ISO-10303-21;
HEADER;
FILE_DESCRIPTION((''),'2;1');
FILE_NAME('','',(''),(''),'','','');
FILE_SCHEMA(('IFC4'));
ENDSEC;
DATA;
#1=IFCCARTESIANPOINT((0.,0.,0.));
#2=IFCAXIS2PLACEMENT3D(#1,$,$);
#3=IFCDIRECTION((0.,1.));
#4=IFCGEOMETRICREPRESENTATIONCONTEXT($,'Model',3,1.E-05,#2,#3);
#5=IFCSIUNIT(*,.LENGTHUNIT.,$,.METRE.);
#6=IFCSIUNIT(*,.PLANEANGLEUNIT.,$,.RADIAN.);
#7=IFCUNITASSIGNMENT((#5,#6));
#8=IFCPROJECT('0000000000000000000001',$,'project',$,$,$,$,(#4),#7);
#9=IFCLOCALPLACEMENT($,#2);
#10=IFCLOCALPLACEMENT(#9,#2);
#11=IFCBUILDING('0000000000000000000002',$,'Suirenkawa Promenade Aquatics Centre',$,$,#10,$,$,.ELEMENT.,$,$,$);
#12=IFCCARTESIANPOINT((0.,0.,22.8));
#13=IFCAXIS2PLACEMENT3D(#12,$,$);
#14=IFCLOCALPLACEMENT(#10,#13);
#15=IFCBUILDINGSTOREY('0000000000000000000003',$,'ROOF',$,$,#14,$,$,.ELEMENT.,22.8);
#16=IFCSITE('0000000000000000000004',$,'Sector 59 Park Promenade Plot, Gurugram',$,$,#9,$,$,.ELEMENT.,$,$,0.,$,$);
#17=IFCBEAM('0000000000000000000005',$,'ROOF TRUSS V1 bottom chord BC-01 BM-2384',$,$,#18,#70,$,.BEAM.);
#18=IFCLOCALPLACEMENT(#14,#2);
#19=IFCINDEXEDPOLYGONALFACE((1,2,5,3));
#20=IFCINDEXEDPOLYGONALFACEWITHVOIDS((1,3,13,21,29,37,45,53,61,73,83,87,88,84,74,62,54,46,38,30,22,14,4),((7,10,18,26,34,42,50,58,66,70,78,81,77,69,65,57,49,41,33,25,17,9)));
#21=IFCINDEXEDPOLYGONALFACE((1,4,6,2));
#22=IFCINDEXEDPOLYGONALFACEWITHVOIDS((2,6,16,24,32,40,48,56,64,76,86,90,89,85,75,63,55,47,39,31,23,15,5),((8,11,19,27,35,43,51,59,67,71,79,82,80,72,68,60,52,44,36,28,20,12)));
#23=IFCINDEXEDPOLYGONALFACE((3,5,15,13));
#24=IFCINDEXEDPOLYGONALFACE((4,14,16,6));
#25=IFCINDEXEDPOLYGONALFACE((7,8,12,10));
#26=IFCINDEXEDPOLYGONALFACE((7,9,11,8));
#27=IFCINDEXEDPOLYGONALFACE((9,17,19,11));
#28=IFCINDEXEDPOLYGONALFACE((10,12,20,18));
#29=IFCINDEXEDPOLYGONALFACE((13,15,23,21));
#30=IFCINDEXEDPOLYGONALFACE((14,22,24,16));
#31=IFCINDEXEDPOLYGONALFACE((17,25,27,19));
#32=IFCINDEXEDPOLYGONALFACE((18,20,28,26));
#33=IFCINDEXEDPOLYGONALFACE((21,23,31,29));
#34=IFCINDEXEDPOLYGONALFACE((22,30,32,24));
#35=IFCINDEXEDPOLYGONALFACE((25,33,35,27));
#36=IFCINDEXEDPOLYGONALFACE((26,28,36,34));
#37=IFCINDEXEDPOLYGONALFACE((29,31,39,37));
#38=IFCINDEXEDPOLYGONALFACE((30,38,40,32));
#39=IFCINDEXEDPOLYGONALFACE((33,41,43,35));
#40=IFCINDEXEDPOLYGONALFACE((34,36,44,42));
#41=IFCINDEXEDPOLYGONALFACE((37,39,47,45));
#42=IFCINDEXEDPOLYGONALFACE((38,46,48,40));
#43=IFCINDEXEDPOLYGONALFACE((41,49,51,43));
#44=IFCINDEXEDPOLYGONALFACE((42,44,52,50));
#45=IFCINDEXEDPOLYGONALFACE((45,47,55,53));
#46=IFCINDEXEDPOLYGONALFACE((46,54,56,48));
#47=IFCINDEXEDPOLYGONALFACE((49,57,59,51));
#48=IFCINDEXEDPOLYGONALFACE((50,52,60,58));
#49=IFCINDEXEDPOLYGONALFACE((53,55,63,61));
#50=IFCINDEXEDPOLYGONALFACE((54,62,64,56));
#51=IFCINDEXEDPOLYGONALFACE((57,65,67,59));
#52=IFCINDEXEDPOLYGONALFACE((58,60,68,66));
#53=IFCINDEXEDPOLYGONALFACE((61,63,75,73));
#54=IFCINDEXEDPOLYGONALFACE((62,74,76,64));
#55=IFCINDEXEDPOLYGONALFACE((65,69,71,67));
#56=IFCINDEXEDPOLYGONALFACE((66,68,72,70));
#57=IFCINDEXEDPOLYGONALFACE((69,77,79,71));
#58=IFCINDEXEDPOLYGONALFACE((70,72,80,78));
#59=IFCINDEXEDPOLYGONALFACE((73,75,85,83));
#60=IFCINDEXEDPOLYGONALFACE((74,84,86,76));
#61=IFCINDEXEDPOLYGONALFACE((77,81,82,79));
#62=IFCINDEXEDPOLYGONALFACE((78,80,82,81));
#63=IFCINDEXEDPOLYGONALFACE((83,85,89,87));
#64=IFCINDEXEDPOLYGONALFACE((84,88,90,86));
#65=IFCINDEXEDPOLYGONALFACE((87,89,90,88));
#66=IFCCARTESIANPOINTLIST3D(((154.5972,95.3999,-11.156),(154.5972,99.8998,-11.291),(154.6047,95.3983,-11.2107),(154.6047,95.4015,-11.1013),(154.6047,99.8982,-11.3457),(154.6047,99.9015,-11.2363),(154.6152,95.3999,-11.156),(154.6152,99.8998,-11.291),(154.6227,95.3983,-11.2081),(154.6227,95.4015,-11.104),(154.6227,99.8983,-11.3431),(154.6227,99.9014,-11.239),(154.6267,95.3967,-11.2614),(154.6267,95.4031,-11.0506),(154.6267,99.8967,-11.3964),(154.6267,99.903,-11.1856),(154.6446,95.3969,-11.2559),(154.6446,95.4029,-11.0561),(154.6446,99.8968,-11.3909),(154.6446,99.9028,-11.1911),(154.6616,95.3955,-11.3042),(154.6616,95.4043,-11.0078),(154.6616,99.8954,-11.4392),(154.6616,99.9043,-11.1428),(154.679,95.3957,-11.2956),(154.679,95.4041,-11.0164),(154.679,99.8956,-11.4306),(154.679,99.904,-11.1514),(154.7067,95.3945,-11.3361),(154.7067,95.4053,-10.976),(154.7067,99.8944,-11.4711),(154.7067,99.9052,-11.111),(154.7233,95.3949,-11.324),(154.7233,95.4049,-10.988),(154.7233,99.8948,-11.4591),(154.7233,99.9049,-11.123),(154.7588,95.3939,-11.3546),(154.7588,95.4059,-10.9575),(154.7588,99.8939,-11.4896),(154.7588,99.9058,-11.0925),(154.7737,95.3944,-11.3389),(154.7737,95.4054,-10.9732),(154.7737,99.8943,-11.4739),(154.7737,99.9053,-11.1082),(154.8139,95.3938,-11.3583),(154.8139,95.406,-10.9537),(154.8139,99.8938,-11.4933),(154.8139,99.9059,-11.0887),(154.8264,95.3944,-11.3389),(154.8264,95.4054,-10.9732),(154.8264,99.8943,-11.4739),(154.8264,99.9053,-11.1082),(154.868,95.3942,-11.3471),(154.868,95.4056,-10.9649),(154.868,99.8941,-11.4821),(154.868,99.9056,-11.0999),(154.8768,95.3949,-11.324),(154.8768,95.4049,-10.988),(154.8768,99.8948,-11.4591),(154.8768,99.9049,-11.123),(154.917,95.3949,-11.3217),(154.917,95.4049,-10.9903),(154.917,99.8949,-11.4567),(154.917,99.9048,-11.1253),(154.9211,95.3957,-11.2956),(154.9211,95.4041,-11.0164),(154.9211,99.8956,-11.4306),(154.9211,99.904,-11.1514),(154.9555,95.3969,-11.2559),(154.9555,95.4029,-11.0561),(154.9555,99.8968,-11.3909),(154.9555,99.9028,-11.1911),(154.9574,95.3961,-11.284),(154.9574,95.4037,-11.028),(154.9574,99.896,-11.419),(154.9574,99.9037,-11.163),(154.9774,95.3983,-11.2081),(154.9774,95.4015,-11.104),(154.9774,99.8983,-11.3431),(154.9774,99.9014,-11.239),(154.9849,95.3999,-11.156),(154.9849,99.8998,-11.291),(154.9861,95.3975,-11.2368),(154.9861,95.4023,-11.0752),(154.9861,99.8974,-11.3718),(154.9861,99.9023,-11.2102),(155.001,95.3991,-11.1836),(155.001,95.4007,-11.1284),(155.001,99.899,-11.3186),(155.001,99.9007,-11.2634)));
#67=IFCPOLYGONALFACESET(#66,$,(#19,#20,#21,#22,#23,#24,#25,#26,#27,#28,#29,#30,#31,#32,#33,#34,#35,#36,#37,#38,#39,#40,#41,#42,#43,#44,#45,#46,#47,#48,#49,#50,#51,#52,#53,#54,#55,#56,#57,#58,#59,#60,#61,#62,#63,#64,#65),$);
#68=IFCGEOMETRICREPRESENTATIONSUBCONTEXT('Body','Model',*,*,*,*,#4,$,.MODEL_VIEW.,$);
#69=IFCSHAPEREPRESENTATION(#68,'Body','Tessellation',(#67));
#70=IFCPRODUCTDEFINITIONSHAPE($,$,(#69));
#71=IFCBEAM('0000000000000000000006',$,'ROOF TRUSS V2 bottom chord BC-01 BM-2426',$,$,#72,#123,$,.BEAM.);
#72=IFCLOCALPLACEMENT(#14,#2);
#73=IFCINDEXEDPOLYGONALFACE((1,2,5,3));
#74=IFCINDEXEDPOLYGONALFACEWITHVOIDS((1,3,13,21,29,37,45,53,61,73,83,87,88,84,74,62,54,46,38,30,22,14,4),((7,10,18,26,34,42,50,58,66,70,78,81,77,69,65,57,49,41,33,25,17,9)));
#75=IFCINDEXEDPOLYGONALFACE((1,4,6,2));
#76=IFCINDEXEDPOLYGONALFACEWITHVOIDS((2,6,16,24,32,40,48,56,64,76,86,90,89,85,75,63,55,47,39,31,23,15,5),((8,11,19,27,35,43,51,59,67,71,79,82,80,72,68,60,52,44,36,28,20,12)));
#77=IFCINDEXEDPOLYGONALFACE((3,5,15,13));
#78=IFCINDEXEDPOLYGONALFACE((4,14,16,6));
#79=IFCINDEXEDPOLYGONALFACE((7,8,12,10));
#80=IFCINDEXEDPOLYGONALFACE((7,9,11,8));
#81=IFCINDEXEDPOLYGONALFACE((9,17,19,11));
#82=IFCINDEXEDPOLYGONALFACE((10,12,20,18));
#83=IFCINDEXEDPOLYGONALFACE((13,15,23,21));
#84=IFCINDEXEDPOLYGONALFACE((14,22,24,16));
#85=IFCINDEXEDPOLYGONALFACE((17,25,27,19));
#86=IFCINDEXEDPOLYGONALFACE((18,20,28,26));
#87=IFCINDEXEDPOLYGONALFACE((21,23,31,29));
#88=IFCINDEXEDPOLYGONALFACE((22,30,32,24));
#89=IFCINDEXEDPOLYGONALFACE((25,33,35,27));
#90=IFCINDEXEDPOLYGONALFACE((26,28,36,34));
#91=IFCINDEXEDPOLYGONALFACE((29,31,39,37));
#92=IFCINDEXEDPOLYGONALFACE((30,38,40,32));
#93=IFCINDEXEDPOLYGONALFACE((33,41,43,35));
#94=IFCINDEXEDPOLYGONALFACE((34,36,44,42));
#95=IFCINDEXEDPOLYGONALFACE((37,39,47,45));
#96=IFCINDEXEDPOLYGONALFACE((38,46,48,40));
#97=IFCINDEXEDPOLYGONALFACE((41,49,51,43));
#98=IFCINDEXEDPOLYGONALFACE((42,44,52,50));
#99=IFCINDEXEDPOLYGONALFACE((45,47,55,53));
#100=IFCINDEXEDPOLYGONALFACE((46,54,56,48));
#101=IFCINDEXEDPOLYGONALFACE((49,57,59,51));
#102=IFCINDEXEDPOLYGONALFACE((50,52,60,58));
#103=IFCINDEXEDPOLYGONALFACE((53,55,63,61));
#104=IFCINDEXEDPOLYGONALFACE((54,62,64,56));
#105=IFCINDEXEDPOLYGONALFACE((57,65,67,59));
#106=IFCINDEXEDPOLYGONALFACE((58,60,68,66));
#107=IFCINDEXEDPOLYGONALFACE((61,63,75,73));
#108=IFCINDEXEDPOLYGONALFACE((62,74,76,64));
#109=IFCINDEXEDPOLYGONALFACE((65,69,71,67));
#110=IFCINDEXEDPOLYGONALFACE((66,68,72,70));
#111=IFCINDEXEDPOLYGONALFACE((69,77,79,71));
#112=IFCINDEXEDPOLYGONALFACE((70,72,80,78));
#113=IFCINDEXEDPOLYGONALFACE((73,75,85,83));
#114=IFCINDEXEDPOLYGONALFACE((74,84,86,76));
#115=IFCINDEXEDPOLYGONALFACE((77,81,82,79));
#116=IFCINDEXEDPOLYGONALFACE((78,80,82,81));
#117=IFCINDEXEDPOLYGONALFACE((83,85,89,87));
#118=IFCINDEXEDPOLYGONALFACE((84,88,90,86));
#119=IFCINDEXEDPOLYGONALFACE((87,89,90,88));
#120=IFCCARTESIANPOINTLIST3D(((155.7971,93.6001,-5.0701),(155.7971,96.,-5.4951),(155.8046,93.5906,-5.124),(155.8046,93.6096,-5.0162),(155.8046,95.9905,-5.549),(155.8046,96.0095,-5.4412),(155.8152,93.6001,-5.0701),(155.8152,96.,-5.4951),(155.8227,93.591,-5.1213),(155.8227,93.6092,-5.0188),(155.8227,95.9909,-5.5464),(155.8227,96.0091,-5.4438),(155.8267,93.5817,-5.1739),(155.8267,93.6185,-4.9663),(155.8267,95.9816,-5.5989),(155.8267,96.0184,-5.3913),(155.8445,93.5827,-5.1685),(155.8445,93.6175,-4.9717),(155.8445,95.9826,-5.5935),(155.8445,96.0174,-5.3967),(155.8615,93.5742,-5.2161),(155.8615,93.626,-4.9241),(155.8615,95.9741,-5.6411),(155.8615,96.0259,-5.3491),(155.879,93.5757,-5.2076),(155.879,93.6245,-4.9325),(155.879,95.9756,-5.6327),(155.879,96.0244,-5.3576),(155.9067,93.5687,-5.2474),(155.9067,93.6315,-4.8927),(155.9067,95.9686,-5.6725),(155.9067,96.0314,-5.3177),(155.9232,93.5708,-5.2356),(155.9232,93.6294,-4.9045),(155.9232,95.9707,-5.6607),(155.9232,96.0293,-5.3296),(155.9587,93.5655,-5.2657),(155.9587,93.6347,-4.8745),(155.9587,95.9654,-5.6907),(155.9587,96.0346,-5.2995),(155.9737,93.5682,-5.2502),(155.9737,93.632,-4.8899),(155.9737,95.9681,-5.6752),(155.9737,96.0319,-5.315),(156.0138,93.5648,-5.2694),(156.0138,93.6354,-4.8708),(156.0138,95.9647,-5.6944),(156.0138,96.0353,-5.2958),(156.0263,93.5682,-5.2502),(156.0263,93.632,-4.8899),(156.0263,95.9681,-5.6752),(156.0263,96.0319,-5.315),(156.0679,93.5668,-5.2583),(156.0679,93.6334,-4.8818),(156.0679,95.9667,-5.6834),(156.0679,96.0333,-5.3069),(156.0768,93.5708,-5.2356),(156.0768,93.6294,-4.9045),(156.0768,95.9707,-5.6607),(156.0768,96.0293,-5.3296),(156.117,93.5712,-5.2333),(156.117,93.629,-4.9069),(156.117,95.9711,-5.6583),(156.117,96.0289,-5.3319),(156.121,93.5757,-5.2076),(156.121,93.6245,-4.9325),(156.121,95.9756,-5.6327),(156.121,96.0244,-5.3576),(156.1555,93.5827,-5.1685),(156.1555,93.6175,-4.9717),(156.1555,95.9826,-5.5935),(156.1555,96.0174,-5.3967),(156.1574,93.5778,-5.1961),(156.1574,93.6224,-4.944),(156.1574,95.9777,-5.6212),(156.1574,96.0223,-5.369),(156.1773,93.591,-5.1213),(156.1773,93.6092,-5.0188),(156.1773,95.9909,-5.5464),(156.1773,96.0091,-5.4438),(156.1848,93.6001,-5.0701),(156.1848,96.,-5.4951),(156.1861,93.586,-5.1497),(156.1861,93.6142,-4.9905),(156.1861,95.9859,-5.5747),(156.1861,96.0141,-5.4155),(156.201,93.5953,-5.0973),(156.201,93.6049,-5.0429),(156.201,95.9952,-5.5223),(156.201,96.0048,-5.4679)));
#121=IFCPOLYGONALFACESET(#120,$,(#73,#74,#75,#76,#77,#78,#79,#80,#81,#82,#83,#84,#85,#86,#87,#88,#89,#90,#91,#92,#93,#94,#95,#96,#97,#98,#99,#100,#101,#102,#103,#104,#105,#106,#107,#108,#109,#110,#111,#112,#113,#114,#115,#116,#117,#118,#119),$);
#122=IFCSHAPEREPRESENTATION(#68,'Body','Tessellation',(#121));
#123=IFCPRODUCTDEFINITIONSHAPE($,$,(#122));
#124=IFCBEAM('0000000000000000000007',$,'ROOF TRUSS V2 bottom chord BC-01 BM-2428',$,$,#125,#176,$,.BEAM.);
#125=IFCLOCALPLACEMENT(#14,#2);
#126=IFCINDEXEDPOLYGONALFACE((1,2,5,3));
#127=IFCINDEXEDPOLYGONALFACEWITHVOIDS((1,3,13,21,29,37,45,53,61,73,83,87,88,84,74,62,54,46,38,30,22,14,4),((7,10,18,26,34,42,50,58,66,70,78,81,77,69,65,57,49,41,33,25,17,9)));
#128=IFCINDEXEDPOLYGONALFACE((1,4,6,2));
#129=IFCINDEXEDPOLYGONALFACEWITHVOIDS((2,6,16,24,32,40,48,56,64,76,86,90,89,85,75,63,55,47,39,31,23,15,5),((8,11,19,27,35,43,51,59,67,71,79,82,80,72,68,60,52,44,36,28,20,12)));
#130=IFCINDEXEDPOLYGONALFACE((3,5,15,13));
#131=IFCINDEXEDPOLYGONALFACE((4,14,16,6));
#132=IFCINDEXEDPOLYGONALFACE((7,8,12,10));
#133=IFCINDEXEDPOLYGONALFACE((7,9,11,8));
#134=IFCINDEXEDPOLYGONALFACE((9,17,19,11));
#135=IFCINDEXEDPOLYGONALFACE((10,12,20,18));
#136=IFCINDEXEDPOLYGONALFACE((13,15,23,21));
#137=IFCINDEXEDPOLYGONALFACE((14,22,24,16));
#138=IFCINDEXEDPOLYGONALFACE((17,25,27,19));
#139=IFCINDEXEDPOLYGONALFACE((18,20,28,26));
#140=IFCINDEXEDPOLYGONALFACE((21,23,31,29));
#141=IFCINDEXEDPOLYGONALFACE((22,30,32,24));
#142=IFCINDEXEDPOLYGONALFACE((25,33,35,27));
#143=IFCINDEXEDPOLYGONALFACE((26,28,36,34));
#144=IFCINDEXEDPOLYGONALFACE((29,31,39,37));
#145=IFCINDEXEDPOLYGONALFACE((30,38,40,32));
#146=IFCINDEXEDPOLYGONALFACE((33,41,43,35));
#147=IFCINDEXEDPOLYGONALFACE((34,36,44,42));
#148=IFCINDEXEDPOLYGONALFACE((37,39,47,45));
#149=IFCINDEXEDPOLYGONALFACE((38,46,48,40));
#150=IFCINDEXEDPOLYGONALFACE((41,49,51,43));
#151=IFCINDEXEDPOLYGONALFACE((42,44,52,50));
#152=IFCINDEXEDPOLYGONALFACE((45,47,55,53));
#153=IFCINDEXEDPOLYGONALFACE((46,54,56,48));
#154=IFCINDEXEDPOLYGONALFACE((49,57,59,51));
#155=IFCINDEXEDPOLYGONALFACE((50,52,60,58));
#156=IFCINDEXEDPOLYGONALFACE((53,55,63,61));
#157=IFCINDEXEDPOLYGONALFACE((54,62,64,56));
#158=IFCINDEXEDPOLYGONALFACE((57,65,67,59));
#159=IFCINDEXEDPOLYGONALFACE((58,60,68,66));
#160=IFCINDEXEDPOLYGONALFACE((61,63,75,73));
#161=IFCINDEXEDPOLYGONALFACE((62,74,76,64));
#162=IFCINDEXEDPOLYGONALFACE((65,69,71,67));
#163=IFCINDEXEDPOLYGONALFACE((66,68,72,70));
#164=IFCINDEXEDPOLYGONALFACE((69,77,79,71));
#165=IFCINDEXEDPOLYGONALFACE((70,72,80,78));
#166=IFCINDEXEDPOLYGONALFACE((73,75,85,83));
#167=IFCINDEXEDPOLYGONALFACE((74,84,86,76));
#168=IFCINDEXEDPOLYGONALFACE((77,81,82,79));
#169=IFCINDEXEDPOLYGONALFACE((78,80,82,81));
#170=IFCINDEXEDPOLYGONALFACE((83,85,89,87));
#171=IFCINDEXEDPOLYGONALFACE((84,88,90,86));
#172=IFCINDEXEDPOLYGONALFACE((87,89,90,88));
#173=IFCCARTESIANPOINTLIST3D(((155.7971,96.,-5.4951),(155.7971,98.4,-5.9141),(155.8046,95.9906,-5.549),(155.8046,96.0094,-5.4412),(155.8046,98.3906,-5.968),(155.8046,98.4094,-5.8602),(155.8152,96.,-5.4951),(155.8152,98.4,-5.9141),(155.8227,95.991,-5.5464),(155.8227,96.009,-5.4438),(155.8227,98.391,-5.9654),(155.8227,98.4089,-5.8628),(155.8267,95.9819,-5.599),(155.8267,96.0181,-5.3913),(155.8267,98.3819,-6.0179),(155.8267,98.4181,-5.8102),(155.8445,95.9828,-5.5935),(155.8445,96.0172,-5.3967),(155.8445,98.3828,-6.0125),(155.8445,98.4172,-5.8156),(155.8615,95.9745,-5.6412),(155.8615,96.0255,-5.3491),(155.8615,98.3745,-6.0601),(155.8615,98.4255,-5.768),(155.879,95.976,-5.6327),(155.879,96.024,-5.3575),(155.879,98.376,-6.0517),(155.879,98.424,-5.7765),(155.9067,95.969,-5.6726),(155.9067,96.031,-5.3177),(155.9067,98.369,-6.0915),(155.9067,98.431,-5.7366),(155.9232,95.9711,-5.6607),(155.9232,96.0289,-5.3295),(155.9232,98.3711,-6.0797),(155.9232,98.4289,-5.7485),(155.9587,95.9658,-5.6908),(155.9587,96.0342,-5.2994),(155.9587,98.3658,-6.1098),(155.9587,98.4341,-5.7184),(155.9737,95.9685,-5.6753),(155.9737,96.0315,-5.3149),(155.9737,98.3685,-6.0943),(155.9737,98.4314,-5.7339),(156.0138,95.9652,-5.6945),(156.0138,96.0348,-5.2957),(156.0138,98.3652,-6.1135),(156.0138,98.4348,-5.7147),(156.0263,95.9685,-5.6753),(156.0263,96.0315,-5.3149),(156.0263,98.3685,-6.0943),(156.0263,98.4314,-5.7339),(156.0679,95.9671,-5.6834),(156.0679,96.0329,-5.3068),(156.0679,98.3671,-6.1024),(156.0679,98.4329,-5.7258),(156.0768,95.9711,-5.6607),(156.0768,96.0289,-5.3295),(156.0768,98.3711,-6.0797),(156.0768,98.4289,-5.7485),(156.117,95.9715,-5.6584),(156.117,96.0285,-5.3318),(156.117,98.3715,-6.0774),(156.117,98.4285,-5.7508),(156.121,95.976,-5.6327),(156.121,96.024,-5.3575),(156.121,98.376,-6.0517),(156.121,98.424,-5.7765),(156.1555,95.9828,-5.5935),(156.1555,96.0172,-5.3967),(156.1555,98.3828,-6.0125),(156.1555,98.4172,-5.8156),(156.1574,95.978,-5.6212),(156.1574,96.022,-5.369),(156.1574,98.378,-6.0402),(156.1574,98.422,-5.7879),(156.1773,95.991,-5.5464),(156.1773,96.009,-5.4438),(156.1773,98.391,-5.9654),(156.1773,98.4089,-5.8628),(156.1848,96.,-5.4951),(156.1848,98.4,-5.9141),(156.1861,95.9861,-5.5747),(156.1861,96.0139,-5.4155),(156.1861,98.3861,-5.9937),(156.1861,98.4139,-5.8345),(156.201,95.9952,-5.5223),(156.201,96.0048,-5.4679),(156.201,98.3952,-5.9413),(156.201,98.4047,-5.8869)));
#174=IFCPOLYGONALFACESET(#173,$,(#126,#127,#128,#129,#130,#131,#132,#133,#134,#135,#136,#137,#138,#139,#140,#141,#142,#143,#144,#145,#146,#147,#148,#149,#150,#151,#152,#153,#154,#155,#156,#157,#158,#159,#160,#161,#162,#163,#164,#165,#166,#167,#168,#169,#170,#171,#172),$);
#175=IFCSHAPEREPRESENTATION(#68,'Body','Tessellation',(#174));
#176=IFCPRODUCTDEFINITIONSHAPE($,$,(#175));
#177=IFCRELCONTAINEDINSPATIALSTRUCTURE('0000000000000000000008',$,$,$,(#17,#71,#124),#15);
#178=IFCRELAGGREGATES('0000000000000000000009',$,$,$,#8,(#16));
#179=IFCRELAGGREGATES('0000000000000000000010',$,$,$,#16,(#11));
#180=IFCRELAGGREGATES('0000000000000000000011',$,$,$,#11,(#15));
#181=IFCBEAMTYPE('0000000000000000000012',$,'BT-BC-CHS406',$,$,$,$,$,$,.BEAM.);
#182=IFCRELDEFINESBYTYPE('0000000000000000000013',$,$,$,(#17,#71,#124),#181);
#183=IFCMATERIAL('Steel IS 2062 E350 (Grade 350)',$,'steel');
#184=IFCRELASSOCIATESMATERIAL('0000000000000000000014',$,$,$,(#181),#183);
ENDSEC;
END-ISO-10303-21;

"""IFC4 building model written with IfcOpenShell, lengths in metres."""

from ifc_helpers import new_model, si_unit, direction, frame, origin, origin_2d, place, context, subcontext, project, spatial, hollow_circle, extrude, material, material_profile, profile_set, type_object, element, save


model = new_model("IFC4")

# Units and contexts
model_context = context("Model", 3, precision=1e-05, world=origin(), true_north=direction((0.0, 1.0)))
body_context = subcontext(model_context, "Body", "Model", "MODEL_VIEW")
ifc_project = project(units=[si_unit("LENGTHUNIT", "METRE"), si_unit("PLANEANGLEUNIT", "RADIAN")], contexts=[model_context])

# Site, building, storey
site_placement = place(None, origin())
site = spatial("IfcSite", under=ifc_project, at=site_placement, Name="Sector 59 Park Promenade Plot, Gurugram", CompositionType="ELEMENT", RefElevation=0.0)
building_placement = place(site_placement, origin())
building = spatial("IfcBuilding", under=site, at=building_placement, Name="Suirenkawa Promenade Aquatics Centre", CompositionType="ELEMENT")
storey_placement = place(building_placement, frame((0.0, 0.0, 22.8)))
storey = spatial("IfcBuildingStorey", under=building, at=storey_placement, Name="ROOF", CompositionType="ELEMENT", Elevation=22.8)

# Beams
ifc_material = material(Name="Steel IS 2062 E350 (Grade 350)", Category="steel")
ifc_material_profile_1 = material_profile(ifc_material, hollow_circle(Radius=0.2029, WallThickness=0.0181, at=origin_2d()), Name="CHS 406x18", Category="steel")
ifc_profile_set_1 = profile_set([ifc_material_profile_1], Name="Steel IS 2062 E350 (Grade 350)")
beam_type_1 = type_object("IfcBeamType", Name="BT-BC-CHS406", PredefinedType="BEAM", material=ifc_profile_set_1)
beam_1_placement = place(storey_placement, frame((154.8, 95.3999, -11.156), z_axis=(0.0, 0.99955, -0.029989), x_axis=(-1.0, 0.0, 0.0)))
element("IfcBeam", 1, at=beam_1_placement, inside=storey, type_object=beam_type_1, Name="ROOF TRUSS V1 bottom chord BC-01 BM-2384", PredefinedType="BEAM", context=body_context, shape_type="SweptSolid", body=[
    extrude(hollow_circle(Radius=0.2029, WallThickness=0.0181, at=origin_2d()), origin(), (0.0, 0.0, 1.0), 4.502),
])
beam_2_placement = place(storey_placement, frame((156.0, 93.6001, -5.0701), z_axis=(0.0, 0.984675, -0.174397), x_axis=(-1.0, 0.0, 0.0)))
element("IfcBeam", 2, at=beam_2_placement, inside=storey, type_object=beam_type_1, Name="ROOF TRUSS V2 bottom chord BC-01 BM-2426", PredefinedType="BEAM", context=body_context, shape_type="SweptSolid", body=[
    extrude(hollow_circle(Radius=0.2029, WallThickness=0.0181, at=origin_2d()), origin(), (0.0, 0.0, 1.0), 2.4373),
])
beam_3_placement = place(storey_placement, frame((156.0, 96.0, -5.4951), z_axis=(0.0, 0.985103, -0.171967), x_axis=(-1.0, 0.0, 0.0)))
element("IfcBeam", 3, at=beam_3_placement, inside=storey, type_object=beam_type_1, Name="ROOF TRUSS V2 bottom chord BC-01 BM-2428", PredefinedType="BEAM", context=body_context, shape_type="SweptSolid", body=[
    extrude(hollow_circle(Radius=0.2029, WallThickness=0.0181, at=origin_2d()), origin(), (0.0, 0.0, 1.0), 2.4363),
])

save(model, "model.ifc")
